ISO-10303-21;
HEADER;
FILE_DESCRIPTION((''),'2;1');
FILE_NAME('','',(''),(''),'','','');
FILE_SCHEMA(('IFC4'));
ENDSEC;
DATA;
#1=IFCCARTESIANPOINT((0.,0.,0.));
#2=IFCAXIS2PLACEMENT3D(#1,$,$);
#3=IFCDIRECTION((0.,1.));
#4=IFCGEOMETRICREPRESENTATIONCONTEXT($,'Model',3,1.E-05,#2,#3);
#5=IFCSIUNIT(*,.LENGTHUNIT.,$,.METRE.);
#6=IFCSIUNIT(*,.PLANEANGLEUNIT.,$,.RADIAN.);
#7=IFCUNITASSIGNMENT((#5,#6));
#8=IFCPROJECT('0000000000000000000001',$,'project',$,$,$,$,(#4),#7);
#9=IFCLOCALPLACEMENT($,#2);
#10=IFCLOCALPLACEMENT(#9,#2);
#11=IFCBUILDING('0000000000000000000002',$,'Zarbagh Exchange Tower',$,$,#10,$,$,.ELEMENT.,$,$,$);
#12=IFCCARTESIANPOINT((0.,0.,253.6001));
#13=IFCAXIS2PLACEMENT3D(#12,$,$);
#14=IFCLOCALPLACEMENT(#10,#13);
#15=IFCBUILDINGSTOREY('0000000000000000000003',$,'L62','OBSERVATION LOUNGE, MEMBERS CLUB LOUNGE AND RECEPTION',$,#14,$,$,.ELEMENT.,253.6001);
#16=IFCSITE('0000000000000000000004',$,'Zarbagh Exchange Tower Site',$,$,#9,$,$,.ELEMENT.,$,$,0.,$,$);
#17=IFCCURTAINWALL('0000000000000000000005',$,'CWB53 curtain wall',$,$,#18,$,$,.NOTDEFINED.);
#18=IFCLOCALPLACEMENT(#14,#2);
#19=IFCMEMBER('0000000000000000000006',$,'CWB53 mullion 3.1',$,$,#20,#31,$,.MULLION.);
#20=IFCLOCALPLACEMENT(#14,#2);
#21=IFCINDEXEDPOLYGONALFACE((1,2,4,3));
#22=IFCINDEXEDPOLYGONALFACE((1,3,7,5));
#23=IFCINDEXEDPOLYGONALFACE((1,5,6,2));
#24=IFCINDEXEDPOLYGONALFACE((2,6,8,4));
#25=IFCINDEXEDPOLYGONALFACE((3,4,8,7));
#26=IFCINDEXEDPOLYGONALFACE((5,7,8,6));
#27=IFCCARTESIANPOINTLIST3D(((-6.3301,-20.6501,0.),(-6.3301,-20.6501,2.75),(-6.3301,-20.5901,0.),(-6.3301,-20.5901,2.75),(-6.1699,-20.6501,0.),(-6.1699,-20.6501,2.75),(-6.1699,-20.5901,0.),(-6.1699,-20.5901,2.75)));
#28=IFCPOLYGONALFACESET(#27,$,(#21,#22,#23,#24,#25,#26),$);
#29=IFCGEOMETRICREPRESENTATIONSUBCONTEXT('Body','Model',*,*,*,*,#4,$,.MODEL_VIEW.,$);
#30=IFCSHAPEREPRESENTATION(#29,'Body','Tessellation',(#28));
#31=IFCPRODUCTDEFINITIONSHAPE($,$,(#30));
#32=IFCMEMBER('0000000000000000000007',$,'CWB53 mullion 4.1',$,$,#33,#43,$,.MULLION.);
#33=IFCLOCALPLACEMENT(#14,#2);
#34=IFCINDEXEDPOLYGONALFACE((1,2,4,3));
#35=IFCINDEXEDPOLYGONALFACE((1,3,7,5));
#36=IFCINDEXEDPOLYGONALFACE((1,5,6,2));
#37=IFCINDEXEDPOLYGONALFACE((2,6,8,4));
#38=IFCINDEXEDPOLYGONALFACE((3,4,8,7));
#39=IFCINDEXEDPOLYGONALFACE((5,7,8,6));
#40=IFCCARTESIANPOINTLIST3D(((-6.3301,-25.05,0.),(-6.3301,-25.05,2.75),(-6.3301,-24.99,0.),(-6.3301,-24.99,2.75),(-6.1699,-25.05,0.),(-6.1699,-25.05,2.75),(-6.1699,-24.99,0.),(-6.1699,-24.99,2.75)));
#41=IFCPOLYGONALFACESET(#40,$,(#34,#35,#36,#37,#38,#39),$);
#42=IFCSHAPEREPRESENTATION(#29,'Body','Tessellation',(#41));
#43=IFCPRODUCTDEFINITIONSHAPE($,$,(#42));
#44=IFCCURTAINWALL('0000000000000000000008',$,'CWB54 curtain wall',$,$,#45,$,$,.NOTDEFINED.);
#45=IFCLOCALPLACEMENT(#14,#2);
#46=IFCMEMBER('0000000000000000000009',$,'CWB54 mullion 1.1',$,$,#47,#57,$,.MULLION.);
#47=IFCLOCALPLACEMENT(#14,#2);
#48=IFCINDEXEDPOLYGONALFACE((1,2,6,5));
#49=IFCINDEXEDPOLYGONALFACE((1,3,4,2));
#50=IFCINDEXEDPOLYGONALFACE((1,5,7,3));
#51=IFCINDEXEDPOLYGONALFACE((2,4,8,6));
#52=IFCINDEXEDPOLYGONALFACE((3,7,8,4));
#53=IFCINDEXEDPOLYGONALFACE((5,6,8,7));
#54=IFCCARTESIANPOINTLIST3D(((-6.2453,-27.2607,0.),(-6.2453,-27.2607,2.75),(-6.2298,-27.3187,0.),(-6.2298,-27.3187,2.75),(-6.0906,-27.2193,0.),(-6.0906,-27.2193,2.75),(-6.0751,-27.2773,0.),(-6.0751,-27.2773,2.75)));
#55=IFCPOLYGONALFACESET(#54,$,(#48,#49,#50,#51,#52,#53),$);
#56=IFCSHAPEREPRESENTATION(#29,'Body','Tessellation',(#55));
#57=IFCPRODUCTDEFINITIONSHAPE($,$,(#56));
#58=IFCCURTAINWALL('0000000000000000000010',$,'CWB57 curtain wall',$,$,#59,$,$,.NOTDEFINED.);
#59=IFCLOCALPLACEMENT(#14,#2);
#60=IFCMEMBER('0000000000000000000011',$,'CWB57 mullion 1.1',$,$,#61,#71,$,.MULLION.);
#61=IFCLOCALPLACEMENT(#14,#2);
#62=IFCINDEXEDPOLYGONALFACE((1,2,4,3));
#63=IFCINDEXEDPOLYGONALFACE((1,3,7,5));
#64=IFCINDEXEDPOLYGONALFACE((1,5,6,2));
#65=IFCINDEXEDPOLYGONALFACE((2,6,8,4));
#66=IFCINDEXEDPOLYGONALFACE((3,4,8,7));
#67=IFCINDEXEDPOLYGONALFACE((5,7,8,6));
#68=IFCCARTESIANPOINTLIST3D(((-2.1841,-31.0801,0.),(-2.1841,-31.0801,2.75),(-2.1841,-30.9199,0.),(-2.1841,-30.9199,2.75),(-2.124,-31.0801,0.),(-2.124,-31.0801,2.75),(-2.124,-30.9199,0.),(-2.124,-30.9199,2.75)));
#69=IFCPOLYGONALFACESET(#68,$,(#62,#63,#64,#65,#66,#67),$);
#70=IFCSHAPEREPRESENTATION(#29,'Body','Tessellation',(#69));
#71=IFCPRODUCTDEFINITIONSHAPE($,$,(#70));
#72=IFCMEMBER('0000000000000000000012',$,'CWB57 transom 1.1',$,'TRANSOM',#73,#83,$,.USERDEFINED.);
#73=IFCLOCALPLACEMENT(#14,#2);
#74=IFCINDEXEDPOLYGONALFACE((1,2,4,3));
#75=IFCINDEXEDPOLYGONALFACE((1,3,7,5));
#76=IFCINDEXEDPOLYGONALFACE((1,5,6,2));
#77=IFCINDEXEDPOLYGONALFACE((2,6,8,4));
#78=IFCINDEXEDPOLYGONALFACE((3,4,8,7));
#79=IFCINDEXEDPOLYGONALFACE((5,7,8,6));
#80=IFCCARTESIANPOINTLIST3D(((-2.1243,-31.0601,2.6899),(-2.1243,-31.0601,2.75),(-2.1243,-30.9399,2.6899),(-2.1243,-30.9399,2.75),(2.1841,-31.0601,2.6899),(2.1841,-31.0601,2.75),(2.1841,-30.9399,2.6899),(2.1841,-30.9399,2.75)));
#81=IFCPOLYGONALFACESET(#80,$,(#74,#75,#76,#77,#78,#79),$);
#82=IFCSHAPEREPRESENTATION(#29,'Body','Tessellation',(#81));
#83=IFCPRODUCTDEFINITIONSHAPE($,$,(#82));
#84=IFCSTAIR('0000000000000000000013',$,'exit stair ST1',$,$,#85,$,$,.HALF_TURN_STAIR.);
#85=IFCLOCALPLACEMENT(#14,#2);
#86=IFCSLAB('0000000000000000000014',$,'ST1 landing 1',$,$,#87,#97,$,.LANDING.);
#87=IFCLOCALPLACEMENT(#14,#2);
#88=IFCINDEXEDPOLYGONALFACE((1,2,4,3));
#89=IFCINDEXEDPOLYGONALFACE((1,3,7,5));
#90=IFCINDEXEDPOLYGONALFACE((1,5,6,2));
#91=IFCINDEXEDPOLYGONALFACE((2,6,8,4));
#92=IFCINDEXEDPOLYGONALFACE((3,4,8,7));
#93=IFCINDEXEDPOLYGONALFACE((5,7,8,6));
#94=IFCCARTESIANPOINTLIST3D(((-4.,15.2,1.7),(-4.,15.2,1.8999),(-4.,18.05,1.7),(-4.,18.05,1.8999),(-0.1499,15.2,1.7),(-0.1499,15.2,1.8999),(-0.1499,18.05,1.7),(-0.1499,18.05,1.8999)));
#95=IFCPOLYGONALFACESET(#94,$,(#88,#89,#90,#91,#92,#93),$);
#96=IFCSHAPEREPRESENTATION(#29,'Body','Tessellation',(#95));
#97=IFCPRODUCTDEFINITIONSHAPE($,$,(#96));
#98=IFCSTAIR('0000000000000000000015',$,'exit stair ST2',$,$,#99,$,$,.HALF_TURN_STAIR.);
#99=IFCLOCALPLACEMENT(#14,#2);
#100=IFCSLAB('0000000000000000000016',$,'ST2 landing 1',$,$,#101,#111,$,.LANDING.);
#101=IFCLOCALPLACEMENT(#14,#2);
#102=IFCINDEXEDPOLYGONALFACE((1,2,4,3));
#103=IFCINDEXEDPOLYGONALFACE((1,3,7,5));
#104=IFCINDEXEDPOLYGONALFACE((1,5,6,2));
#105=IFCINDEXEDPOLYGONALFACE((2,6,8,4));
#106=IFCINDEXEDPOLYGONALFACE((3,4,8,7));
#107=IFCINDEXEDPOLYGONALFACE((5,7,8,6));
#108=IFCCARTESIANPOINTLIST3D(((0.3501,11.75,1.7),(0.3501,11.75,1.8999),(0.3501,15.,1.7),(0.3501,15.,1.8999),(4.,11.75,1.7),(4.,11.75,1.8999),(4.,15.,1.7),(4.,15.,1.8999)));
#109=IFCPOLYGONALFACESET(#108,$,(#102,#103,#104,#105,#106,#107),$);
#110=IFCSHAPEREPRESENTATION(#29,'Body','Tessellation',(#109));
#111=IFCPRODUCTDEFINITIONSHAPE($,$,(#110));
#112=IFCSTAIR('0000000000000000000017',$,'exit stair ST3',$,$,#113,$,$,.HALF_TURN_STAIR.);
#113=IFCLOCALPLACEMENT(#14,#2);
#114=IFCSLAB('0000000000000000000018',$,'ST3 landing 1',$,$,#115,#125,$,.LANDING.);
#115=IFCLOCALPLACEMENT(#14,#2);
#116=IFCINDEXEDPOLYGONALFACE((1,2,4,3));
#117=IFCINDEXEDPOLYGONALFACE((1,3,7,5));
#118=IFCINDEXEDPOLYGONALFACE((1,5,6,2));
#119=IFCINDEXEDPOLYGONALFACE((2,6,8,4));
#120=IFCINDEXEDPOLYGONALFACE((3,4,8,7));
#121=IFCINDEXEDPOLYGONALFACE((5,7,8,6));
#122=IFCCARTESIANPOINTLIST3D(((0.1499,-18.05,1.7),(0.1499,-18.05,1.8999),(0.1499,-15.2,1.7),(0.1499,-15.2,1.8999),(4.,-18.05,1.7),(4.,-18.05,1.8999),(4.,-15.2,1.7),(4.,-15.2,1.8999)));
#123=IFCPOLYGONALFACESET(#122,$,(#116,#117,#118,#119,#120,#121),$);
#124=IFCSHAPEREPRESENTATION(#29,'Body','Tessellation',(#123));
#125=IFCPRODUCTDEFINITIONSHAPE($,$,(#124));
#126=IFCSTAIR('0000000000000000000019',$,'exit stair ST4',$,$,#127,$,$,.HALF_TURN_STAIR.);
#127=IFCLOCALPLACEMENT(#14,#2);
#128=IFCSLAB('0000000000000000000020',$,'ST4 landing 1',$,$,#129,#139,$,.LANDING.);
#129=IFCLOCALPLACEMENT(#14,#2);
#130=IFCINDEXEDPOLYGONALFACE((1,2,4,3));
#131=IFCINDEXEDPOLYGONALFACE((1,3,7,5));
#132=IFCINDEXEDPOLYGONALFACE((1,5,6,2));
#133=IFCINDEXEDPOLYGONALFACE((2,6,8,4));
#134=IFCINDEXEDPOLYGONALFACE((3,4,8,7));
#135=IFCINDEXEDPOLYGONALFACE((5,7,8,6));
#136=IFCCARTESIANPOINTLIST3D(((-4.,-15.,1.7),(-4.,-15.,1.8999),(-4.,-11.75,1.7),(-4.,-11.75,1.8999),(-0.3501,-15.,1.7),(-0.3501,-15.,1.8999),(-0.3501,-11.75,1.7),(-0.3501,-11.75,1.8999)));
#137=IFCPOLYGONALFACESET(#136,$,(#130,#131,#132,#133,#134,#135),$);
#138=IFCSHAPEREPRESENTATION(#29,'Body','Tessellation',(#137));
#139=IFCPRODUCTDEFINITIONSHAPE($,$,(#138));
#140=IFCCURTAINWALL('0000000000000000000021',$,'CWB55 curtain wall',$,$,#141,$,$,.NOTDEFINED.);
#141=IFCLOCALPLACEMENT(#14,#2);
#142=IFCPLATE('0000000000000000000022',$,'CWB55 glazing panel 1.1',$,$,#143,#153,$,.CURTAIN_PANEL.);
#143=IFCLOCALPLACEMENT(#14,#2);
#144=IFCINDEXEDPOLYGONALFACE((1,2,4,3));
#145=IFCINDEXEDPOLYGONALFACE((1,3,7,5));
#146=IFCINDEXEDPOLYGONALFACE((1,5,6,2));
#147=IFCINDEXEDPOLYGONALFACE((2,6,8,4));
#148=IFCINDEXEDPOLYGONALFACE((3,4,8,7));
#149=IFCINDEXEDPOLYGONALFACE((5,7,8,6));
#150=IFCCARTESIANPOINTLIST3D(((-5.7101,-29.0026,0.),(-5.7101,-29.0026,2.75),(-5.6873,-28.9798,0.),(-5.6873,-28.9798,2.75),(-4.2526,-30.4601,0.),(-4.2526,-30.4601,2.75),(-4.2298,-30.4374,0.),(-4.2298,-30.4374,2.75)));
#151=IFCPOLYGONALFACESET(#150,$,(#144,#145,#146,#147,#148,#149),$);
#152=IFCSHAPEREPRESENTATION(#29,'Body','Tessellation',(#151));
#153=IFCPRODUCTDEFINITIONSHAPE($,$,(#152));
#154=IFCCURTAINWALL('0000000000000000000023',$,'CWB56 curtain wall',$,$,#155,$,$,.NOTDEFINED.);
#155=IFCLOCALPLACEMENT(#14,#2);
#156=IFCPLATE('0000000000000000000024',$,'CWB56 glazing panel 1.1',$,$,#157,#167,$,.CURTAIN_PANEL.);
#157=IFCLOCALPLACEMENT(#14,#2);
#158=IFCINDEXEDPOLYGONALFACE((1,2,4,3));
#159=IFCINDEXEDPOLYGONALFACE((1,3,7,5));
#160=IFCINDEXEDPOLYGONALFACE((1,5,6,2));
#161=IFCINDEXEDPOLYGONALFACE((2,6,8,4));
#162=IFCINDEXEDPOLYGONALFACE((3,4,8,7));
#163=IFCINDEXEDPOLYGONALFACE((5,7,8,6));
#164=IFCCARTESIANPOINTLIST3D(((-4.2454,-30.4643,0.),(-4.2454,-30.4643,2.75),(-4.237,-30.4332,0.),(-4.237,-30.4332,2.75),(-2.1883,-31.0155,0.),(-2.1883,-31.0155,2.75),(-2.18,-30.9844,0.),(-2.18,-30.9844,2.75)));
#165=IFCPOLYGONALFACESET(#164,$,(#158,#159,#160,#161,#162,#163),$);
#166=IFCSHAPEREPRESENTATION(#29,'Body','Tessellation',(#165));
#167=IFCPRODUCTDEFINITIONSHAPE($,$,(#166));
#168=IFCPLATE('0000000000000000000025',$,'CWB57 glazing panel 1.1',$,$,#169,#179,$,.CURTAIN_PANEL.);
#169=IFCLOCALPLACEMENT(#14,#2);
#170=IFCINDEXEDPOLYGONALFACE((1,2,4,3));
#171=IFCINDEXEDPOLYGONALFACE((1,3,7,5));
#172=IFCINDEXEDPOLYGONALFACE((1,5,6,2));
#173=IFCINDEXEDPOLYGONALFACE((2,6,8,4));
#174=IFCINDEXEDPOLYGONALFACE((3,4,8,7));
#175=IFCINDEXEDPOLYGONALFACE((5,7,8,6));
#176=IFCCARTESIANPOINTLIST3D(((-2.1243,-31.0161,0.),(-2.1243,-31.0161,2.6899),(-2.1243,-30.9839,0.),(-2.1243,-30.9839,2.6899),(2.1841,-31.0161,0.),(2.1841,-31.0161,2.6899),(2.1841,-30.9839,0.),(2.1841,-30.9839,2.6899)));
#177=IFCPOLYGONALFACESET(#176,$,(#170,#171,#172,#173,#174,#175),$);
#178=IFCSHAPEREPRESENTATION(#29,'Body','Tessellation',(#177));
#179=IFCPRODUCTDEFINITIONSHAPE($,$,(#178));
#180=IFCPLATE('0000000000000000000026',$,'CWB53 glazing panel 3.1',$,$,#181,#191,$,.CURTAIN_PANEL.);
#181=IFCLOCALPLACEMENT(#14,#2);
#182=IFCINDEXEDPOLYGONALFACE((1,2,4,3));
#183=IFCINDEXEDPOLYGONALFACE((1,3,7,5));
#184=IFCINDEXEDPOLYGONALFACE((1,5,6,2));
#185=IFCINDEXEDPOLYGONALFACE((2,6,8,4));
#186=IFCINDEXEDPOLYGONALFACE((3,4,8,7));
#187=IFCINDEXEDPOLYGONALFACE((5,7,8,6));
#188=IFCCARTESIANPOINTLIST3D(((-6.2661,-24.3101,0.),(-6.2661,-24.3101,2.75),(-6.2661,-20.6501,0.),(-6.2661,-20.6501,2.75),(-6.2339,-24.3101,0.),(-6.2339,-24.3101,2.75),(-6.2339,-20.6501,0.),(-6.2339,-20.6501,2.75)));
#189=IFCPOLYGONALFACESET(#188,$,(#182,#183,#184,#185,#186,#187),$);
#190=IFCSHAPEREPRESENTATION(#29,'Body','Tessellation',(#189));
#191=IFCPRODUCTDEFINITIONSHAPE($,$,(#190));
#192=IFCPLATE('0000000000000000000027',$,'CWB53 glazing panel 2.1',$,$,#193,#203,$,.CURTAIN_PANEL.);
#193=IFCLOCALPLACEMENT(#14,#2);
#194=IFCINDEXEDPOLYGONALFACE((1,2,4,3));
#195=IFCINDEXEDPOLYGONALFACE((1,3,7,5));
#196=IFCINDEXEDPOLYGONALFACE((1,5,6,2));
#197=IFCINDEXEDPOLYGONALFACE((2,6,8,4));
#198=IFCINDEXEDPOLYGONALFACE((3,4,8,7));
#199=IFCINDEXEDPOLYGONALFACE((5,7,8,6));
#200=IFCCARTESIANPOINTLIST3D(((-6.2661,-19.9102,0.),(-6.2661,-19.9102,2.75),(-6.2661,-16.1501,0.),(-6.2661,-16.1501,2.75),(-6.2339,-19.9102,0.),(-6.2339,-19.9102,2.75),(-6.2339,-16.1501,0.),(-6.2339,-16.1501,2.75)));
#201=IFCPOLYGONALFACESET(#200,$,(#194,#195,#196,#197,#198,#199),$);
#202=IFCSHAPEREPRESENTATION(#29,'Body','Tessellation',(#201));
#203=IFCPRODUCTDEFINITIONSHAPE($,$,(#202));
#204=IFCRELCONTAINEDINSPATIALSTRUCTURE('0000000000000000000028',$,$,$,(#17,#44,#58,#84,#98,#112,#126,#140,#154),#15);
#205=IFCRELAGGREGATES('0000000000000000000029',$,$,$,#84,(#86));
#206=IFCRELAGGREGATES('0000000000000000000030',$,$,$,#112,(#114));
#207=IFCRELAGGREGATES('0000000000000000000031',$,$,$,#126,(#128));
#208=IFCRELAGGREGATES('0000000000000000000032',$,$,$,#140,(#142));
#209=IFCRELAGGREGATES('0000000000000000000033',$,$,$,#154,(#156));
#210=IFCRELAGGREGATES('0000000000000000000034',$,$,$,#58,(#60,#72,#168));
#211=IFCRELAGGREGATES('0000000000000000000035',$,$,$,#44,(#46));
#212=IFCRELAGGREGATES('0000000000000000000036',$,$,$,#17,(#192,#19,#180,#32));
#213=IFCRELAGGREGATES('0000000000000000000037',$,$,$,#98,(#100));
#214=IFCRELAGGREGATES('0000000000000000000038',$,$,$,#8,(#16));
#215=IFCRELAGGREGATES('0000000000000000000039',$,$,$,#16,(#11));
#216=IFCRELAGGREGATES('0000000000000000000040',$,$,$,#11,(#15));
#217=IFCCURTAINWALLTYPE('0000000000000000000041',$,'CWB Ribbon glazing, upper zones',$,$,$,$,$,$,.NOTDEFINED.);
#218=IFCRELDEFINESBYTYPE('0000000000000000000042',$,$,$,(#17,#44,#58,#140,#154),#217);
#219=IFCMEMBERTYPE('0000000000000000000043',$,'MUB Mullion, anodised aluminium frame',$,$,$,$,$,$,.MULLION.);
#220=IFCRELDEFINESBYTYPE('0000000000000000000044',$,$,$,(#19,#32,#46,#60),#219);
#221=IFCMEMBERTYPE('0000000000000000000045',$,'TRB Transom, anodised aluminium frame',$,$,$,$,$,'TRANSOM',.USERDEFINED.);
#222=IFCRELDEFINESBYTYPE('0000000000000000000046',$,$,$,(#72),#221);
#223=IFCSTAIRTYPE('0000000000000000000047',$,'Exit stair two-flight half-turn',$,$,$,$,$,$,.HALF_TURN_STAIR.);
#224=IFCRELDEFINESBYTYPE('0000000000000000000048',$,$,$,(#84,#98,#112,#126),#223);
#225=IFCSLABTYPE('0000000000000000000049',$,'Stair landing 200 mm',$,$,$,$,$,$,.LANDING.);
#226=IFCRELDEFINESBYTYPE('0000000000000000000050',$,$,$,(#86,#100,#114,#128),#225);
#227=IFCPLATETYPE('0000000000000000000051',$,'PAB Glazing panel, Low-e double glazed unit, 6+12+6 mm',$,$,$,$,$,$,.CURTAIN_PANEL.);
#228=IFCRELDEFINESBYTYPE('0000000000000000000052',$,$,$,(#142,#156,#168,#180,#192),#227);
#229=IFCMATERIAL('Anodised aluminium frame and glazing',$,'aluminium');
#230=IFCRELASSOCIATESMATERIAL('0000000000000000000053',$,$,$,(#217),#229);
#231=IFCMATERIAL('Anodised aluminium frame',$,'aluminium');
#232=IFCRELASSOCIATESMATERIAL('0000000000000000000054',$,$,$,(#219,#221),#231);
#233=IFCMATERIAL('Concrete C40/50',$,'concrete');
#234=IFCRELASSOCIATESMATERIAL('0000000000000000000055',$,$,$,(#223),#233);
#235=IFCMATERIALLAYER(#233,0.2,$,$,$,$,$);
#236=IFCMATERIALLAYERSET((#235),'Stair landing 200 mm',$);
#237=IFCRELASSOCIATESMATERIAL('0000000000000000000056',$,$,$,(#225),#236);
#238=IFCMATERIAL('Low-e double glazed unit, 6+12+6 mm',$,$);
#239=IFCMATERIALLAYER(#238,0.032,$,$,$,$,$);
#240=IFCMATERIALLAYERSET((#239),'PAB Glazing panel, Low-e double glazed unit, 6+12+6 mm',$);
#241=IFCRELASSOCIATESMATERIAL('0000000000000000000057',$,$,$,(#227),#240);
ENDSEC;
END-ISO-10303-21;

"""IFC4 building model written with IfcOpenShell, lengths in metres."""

from ifc_helpers import new_model, si_unit, direction, frame, origin, place, context, subcontext, project, spatial, polyline, outline, extrude, source, transform, mapped, material, layer, layer_set, type_object, element, aggregate, save


model = new_model("IFC4")

# Units and contexts
model_context = context("Model", 3, precision=1e-05, world=origin(), true_north=direction((0.0, 1.0)))
body_context = subcontext(model_context, "Body", "Model", "MODEL_VIEW")
ifc_project = project(units=[si_unit("LENGTHUNIT", "METRE"), si_unit("PLANEANGLEUNIT", "RADIAN")], contexts=[model_context])

# Site, building, storey
site_placement = place(None, origin())
site = spatial("IfcSite", under=ifc_project, at=site_placement, Name="Zarbagh Exchange Tower Site", CompositionType="ELEMENT", RefElevation=0.0)
building_placement = place(site_placement, origin())
building = spatial("IfcBuilding", under=site, at=building_placement, Name="Zarbagh Exchange Tower", CompositionType="ELEMENT")
storey_placement = place(building_placement, frame((0.0, 0.0, 253.6001)))
storey = spatial("IfcBuildingStorey", under=building, at=storey_placement, Name="L62", Description="OBSERVATION LOUNGE, MEMBERS CLUB LOUNGE AND RECEPTION", CompositionType="ELEMENT", Elevation=253.6001)

# Curtain wall, members
ifc_material_1 = material(Name="Anodised aluminium frame and glazing", Category="aluminium")
curtain_wall_type = type_object("IfcCurtainWallType", Name="CWB Ribbon glazing, upper zones", PredefinedType="NOTDEFINED", material=ifc_material_1)
curtain_wall_1_placement = place(storey_placement, origin())
curtain_wall_1 = element("IfcCurtainWall", 1, at=curtain_wall_1_placement, inside=storey, type_object=curtain_wall_type, Name="CWB53 curtain wall", PredefinedType="NOTDEFINED")
ifc_material_2 = material(Name="Anodised aluminium frame", Category="aluminium")
member_type_1 = type_object("IfcMemberType", Name="MUB Mullion, anodised aluminium frame", PredefinedType="MULLION", material=ifc_material_2)
shared_shape_1 = source(origin(), body_context, "Body", "SweptSolid", [
    extrude(outline(polyline([(0.0, -0.0801), (0.0601, -0.0801), (0.0601, 0.0801), (0.0, 0.0801), (0.0, -0.0801)])), origin(), (0.0, 0.0, 1.0), 2.75),
])
placement = place(storey_placement, origin())
member_1 = element("IfcMember", 2, at=placement, type_object=member_type_1, Name="CWB53 mullion 3.1", PredefinedType="MULLION", context=body_context, shape_type="MappedRepresentation", body=[
    mapped(shared_shape_1, transform((-6.25, -20.5901, 0.0), x_axis=(0.0, -1.0, 0.0), y_axis=(1.0, 0.0, 0.0), z_axis=(0.0, 0.0, 1.0))),
])
member_2 = element("IfcMember", 3, at=placement, type_object=member_type_1, Name="CWB53 mullion 4.1", PredefinedType="MULLION", context=body_context, shape_type="MappedRepresentation", body=[
    mapped(shared_shape_1, transform((-6.25, -24.99, 0.0), x_axis=(0.0, -1.0, 0.0), y_axis=(1.0, 0.0, 0.0), z_axis=(0.0, 0.0, 1.0))),
])

# Curtain wall, member
curtain_wall_2_placement = place(storey_placement, origin())
curtain_wall_2 = element("IfcCurtainWall", 4, at=curtain_wall_2_placement, inside=storey, type_object=curtain_wall_type, Name="CWB54 curtain wall", PredefinedType="NOTDEFINED")
member_3 = element("IfcMember", 5, at=placement, type_object=member_type_1, Name="CWB54 mullion 1.1", PredefinedType="MULLION", context=body_context, shape_type="MappedRepresentation", body=[
    mapped(shared_shape_1, transform((-6.168, -27.24, 0.0), x_axis=(0.258825, -0.965924, 0.0), y_axis=(0.965924, 0.258825, 0.0), z_axis=(0.0, 0.0, 1.0))),
])

# Curtain wall, members
curtain_wall_3_placement = place(storey_placement, origin())
curtain_wall_3 = element("IfcCurtainWall", 6, at=curtain_wall_3_placement, inside=storey, type_object=curtain_wall_type, Name="CWB57 curtain wall", PredefinedType="NOTDEFINED")
member_4 = element("IfcMember", 7, at=placement, type_object=member_type_1, Name="CWB57 mullion 1.1", PredefinedType="MULLION", context=body_context, shape_type="MappedRepresentation", body=[
    mapped(shared_shape_1, transform((-2.1841, -31.0, 0.0), x_axis=(1.0, 0.0, 0.0), y_axis=(0.0, 1.0, 0.0), z_axis=(0.0, 0.0, 1.0))),
])
member_type_2 = type_object("IfcMemberType", Name="TRB Transom, anodised aluminium frame", ElementType="TRANSOM", PredefinedType="USERDEFINED", material=ifc_material_2)
shared_shape_2 = source(origin(), body_context, "Body", "SweptSolid", [
    extrude(outline(polyline([(-0.0601, -0.0601), (0.0, -0.0601), (0.0, 0.0601), (-0.0601, 0.0601), (-0.0601, -0.0601)])), origin(), (0.0, 0.0, 1.0), 4.3083),
])
member_5 = element("IfcMember", 8, at=placement, type_object=member_type_2, Name="CWB57 transom 1.1", ObjectType="TRANSOM", PredefinedType="USERDEFINED", context=body_context, shape_type="MappedRepresentation", body=[
    mapped(shared_shape_2, transform((-2.1243, -31.0, 2.75), x_axis=(0.0, 0.0, 1.0), y_axis=(0.0, -1.0, 0.0), z_axis=(1.0, 0.0, 0.0))),
])

# Stairs, slabs
ifc_material_3 = material(Name="Concrete C40/50", Category="concrete")
stair_type = type_object("IfcStairType", Name="Exit stair two-flight half-turn", PredefinedType="HALF_TURN_STAIR", material=ifc_material_3)
stair_1_placement = place(storey_placement, origin())
stair_1 = element("IfcStair", 9, at=stair_1_placement, inside=storey, type_object=stair_type, Name="exit stair ST1", PredefinedType="HALF_TURN_STAIR")
ifc_layer_1 = layer(ifc_material_3, 0.2)
ifc_layer_set_1 = layer_set([ifc_layer_1], Name="Stair landing 200 mm")
slab_type = type_object("IfcSlabType", Name="Stair landing 200 mm", PredefinedType="LANDING", material=ifc_layer_set_1)
slab_1_placement = place(storey_placement, frame((0.0, 0.0, 1.7)))
slab_1 = element("IfcSlab", 10, at=slab_1_placement, type_object=slab_type, Name="ST1 landing 1", PredefinedType="LANDING", context=body_context, shape_type="SweptSolid", body=[
    extrude(outline(polyline([(-0.1499, 18.05), (-4.0, 18.05), (-4.0, 15.2), (-0.1499, 15.2), (-0.1499, 18.05)])), origin(), (0.0, 0.0, 1.0), 0.2),
])
aggregate(stair_1, [slab_1])
stair_2_placement = place(storey_placement, origin())
stair_2 = element("IfcStair", 11, at=stair_2_placement, inside=storey, type_object=stair_type, Name="exit stair ST2", PredefinedType="HALF_TURN_STAIR")
slab_2_placement = place(storey_placement, frame((0.0, 0.0, 1.7)))
slab_2 = element("IfcSlab", 12, at=slab_2_placement, type_object=slab_type, Name="ST2 landing 1", PredefinedType="LANDING", context=body_context, shape_type="SweptSolid", body=[
    extrude(outline(polyline([(0.3501, 11.75), (4.0, 11.75), (4.0, 15.0), (0.3501, 15.0), (0.3501, 11.75)])), origin(), (0.0, 0.0, 1.0), 0.2),
])
stair_3_placement = place(storey_placement, origin())
stair_3 = element("IfcStair", 13, at=stair_3_placement, inside=storey, type_object=stair_type, Name="exit stair ST3", PredefinedType="HALF_TURN_STAIR")
slab_3_placement = place(storey_placement, frame((0.0, 0.0, 1.7)))
slab_3 = element("IfcSlab", 14, at=slab_3_placement, type_object=slab_type, Name="ST3 landing 1", PredefinedType="LANDING", context=body_context, shape_type="SweptSolid", body=[
    extrude(outline(polyline([(0.1499, -18.05), (4.0, -18.05), (4.0, -15.2), (0.1499, -15.2), (0.1499, -18.05)])), origin(), (0.0, 0.0, 1.0), 0.2),
])
aggregate(stair_3, [slab_3])
stair_4_placement = place(storey_placement, origin())
stair_4 = element("IfcStair", 15, at=stair_4_placement, inside=storey, type_object=stair_type, Name="exit stair ST4", PredefinedType="HALF_TURN_STAIR")
slab_4_placement = place(storey_placement, frame((0.0, 0.0, 1.7)))
slab_4 = element("IfcSlab", 16, at=slab_4_placement, type_object=slab_type, Name="ST4 landing 1", PredefinedType="LANDING", context=body_context, shape_type="SweptSolid", body=[
    extrude(outline(polyline([(-0.3501, -11.75), (-4.0, -11.75), (-4.0, -15.0), (-0.3501, -15.0), (-0.3501, -11.75)])), origin(), (0.0, 0.0, 1.0), 0.2),
])
aggregate(stair_4, [slab_4])

# Curtain walls, plates
curtain_wall_4_placement = place(storey_placement, origin())
curtain_wall_4 = element("IfcCurtainWall", 17, at=curtain_wall_4_placement, inside=storey, type_object=curtain_wall_type, Name="CWB55 curtain wall", PredefinedType="NOTDEFINED")
ifc_material_4 = material(Name="Low-e double glazed unit, 6+12+6 mm")
ifc_layer_2 = layer(ifc_material_4, 0.032)
ifc_layer_set_2 = layer_set([ifc_layer_2], Name="PAB Glazing panel, Low-e double glazed unit, 6+12+6 mm")
plate_type = type_object("IfcPlateType", Name="PAB Glazing panel, Low-e double glazed unit, 6+12+6 mm", PredefinedType="CURTAIN_PANEL", material=ifc_layer_set_2)
shared_shape_3 = source(origin(), body_context, "Body", "SweptSolid", [
    extrude(outline(polyline([(0.0, -0.0161), (2.0613, -0.0161), (2.0613, 0.0161), (0.0, 0.0161), (0.0, -0.0161)])), origin(), (0.0, 0.0, 1.0), 2.75),
])
plate_1 = element("IfcPlate", 18, at=placement, type_object=plate_type, Name="CWB55 glazing panel 1.1", PredefinedType="CURTAIN_PANEL", context=body_context, shape_type="MappedRepresentation", body=[
    mapped(shared_shape_3, transform((-5.6987, -28.9912, 0.0), x_axis=(0.707107, -0.707107, 0.0), y_axis=(0.707107, 0.707107, 0.0), z_axis=(0.0, 0.0, 1.0))),
])
aggregate(curtain_wall_4, [plate_1])
curtain_wall_5_placement = place(storey_placement, origin())
curtain_wall_5 = element("IfcCurtainWall", 19, at=curtain_wall_5_placement, inside=storey, type_object=curtain_wall_type, Name="CWB56 curtain wall", PredefinedType="NOTDEFINED")
shared_shape_4 = source(origin(), body_context, "Body", "SweptSolid", [
    extrude(outline(polyline([(0.0, -0.0161), (2.1296, -0.0161), (2.1296, 0.0161), (0.0, 0.0161), (0.0, -0.0161)])), origin(), (0.0, 0.0, 1.0), 2.75),
])
plate_2 = element("IfcPlate", 20, at=placement, type_object=plate_type, Name="CWB56 glazing panel 1.1", PredefinedType="CURTAIN_PANEL", context=body_context, shape_type="MappedRepresentation", body=[
    mapped(shared_shape_4, transform((-4.2412, -30.4487, 0.0), x_axis=(0.965924, -0.258825, 0.0), y_axis=(0.258825, 0.965924, 0.0), z_axis=(0.0, 0.0, 1.0))),
])
aggregate(curtain_wall_5, [plate_2])

# Plates
shared_shape_5 = source(origin(), body_context, "Body", "SweptSolid", [
    extrude(outline(polyline([(0.0, -0.0161), (4.3083, -0.0161), (4.3083, 0.0161), (0.0, 0.0161), (0.0, -0.0161)])), origin(), (0.0, 0.0, 1.0), 2.6899),
])
plate_3 = element("IfcPlate", 21, at=placement, type_object=plate_type, Name="CWB57 glazing panel 1.1", PredefinedType="CURTAIN_PANEL", context=body_context, shape_type="MappedRepresentation", body=[
    mapped(shared_shape_5, transform((-2.1243, -31.0, 0.0), x_axis=(1.0, 0.0, 0.0), y_axis=(0.0, 1.0, 0.0), z_axis=(0.0, 0.0, 1.0))),
])
aggregate(curtain_wall_3, [member_4, member_5, plate_3])
shared_shape_6 = source(origin(), body_context, "Body", "SweptSolid", [
    extrude(outline(polyline([(0.0, -0.0161), (3.6599, -0.0161), (3.6599, 0.0161), (0.0, 0.0161), (0.0, -0.0161)])), origin(), (0.0, 0.0, 1.0), 2.75),
])
plate_4 = element("IfcPlate", 22, at=placement, type_object=plate_type, Name="CWB53 glazing panel 3.1", PredefinedType="CURTAIN_PANEL", context=body_context, shape_type="MappedRepresentation", body=[
    mapped(shared_shape_6, transform((-6.25, -20.6501, 0.0), x_axis=(0.0, -1.0, 0.0), y_axis=(1.0, 0.0, 0.0), z_axis=(0.0, 0.0, 1.0))),
])
shared_shape_7 = source(origin(), body_context, "Body", "SweptSolid", [
    extrude(outline(polyline([(0.0, -0.0161), (3.76, -0.0161), (3.76, 0.0161), (0.0, 0.0161), (0.0, -0.0161)])), origin(), (0.0, 0.0, 1.0), 2.75),
])
plate_5 = element("IfcPlate", 23, at=placement, type_object=plate_type, Name="CWB53 glazing panel 2.1", PredefinedType="CURTAIN_PANEL", context=body_context, shape_type="MappedRepresentation", body=[
    mapped(shared_shape_7, transform((-6.25, -16.1501, 0.0), x_axis=(0.0, -1.0, 0.0), y_axis=(1.0, 0.0, 0.0), z_axis=(0.0, 0.0, 1.0))),
])
aggregate(curtain_wall_2, [member_3])
aggregate(curtain_wall_1, [plate_5, member_1, plate_4, member_2])

aggregate(stair_2, [slab_2])

save(model, "model.ifc")
